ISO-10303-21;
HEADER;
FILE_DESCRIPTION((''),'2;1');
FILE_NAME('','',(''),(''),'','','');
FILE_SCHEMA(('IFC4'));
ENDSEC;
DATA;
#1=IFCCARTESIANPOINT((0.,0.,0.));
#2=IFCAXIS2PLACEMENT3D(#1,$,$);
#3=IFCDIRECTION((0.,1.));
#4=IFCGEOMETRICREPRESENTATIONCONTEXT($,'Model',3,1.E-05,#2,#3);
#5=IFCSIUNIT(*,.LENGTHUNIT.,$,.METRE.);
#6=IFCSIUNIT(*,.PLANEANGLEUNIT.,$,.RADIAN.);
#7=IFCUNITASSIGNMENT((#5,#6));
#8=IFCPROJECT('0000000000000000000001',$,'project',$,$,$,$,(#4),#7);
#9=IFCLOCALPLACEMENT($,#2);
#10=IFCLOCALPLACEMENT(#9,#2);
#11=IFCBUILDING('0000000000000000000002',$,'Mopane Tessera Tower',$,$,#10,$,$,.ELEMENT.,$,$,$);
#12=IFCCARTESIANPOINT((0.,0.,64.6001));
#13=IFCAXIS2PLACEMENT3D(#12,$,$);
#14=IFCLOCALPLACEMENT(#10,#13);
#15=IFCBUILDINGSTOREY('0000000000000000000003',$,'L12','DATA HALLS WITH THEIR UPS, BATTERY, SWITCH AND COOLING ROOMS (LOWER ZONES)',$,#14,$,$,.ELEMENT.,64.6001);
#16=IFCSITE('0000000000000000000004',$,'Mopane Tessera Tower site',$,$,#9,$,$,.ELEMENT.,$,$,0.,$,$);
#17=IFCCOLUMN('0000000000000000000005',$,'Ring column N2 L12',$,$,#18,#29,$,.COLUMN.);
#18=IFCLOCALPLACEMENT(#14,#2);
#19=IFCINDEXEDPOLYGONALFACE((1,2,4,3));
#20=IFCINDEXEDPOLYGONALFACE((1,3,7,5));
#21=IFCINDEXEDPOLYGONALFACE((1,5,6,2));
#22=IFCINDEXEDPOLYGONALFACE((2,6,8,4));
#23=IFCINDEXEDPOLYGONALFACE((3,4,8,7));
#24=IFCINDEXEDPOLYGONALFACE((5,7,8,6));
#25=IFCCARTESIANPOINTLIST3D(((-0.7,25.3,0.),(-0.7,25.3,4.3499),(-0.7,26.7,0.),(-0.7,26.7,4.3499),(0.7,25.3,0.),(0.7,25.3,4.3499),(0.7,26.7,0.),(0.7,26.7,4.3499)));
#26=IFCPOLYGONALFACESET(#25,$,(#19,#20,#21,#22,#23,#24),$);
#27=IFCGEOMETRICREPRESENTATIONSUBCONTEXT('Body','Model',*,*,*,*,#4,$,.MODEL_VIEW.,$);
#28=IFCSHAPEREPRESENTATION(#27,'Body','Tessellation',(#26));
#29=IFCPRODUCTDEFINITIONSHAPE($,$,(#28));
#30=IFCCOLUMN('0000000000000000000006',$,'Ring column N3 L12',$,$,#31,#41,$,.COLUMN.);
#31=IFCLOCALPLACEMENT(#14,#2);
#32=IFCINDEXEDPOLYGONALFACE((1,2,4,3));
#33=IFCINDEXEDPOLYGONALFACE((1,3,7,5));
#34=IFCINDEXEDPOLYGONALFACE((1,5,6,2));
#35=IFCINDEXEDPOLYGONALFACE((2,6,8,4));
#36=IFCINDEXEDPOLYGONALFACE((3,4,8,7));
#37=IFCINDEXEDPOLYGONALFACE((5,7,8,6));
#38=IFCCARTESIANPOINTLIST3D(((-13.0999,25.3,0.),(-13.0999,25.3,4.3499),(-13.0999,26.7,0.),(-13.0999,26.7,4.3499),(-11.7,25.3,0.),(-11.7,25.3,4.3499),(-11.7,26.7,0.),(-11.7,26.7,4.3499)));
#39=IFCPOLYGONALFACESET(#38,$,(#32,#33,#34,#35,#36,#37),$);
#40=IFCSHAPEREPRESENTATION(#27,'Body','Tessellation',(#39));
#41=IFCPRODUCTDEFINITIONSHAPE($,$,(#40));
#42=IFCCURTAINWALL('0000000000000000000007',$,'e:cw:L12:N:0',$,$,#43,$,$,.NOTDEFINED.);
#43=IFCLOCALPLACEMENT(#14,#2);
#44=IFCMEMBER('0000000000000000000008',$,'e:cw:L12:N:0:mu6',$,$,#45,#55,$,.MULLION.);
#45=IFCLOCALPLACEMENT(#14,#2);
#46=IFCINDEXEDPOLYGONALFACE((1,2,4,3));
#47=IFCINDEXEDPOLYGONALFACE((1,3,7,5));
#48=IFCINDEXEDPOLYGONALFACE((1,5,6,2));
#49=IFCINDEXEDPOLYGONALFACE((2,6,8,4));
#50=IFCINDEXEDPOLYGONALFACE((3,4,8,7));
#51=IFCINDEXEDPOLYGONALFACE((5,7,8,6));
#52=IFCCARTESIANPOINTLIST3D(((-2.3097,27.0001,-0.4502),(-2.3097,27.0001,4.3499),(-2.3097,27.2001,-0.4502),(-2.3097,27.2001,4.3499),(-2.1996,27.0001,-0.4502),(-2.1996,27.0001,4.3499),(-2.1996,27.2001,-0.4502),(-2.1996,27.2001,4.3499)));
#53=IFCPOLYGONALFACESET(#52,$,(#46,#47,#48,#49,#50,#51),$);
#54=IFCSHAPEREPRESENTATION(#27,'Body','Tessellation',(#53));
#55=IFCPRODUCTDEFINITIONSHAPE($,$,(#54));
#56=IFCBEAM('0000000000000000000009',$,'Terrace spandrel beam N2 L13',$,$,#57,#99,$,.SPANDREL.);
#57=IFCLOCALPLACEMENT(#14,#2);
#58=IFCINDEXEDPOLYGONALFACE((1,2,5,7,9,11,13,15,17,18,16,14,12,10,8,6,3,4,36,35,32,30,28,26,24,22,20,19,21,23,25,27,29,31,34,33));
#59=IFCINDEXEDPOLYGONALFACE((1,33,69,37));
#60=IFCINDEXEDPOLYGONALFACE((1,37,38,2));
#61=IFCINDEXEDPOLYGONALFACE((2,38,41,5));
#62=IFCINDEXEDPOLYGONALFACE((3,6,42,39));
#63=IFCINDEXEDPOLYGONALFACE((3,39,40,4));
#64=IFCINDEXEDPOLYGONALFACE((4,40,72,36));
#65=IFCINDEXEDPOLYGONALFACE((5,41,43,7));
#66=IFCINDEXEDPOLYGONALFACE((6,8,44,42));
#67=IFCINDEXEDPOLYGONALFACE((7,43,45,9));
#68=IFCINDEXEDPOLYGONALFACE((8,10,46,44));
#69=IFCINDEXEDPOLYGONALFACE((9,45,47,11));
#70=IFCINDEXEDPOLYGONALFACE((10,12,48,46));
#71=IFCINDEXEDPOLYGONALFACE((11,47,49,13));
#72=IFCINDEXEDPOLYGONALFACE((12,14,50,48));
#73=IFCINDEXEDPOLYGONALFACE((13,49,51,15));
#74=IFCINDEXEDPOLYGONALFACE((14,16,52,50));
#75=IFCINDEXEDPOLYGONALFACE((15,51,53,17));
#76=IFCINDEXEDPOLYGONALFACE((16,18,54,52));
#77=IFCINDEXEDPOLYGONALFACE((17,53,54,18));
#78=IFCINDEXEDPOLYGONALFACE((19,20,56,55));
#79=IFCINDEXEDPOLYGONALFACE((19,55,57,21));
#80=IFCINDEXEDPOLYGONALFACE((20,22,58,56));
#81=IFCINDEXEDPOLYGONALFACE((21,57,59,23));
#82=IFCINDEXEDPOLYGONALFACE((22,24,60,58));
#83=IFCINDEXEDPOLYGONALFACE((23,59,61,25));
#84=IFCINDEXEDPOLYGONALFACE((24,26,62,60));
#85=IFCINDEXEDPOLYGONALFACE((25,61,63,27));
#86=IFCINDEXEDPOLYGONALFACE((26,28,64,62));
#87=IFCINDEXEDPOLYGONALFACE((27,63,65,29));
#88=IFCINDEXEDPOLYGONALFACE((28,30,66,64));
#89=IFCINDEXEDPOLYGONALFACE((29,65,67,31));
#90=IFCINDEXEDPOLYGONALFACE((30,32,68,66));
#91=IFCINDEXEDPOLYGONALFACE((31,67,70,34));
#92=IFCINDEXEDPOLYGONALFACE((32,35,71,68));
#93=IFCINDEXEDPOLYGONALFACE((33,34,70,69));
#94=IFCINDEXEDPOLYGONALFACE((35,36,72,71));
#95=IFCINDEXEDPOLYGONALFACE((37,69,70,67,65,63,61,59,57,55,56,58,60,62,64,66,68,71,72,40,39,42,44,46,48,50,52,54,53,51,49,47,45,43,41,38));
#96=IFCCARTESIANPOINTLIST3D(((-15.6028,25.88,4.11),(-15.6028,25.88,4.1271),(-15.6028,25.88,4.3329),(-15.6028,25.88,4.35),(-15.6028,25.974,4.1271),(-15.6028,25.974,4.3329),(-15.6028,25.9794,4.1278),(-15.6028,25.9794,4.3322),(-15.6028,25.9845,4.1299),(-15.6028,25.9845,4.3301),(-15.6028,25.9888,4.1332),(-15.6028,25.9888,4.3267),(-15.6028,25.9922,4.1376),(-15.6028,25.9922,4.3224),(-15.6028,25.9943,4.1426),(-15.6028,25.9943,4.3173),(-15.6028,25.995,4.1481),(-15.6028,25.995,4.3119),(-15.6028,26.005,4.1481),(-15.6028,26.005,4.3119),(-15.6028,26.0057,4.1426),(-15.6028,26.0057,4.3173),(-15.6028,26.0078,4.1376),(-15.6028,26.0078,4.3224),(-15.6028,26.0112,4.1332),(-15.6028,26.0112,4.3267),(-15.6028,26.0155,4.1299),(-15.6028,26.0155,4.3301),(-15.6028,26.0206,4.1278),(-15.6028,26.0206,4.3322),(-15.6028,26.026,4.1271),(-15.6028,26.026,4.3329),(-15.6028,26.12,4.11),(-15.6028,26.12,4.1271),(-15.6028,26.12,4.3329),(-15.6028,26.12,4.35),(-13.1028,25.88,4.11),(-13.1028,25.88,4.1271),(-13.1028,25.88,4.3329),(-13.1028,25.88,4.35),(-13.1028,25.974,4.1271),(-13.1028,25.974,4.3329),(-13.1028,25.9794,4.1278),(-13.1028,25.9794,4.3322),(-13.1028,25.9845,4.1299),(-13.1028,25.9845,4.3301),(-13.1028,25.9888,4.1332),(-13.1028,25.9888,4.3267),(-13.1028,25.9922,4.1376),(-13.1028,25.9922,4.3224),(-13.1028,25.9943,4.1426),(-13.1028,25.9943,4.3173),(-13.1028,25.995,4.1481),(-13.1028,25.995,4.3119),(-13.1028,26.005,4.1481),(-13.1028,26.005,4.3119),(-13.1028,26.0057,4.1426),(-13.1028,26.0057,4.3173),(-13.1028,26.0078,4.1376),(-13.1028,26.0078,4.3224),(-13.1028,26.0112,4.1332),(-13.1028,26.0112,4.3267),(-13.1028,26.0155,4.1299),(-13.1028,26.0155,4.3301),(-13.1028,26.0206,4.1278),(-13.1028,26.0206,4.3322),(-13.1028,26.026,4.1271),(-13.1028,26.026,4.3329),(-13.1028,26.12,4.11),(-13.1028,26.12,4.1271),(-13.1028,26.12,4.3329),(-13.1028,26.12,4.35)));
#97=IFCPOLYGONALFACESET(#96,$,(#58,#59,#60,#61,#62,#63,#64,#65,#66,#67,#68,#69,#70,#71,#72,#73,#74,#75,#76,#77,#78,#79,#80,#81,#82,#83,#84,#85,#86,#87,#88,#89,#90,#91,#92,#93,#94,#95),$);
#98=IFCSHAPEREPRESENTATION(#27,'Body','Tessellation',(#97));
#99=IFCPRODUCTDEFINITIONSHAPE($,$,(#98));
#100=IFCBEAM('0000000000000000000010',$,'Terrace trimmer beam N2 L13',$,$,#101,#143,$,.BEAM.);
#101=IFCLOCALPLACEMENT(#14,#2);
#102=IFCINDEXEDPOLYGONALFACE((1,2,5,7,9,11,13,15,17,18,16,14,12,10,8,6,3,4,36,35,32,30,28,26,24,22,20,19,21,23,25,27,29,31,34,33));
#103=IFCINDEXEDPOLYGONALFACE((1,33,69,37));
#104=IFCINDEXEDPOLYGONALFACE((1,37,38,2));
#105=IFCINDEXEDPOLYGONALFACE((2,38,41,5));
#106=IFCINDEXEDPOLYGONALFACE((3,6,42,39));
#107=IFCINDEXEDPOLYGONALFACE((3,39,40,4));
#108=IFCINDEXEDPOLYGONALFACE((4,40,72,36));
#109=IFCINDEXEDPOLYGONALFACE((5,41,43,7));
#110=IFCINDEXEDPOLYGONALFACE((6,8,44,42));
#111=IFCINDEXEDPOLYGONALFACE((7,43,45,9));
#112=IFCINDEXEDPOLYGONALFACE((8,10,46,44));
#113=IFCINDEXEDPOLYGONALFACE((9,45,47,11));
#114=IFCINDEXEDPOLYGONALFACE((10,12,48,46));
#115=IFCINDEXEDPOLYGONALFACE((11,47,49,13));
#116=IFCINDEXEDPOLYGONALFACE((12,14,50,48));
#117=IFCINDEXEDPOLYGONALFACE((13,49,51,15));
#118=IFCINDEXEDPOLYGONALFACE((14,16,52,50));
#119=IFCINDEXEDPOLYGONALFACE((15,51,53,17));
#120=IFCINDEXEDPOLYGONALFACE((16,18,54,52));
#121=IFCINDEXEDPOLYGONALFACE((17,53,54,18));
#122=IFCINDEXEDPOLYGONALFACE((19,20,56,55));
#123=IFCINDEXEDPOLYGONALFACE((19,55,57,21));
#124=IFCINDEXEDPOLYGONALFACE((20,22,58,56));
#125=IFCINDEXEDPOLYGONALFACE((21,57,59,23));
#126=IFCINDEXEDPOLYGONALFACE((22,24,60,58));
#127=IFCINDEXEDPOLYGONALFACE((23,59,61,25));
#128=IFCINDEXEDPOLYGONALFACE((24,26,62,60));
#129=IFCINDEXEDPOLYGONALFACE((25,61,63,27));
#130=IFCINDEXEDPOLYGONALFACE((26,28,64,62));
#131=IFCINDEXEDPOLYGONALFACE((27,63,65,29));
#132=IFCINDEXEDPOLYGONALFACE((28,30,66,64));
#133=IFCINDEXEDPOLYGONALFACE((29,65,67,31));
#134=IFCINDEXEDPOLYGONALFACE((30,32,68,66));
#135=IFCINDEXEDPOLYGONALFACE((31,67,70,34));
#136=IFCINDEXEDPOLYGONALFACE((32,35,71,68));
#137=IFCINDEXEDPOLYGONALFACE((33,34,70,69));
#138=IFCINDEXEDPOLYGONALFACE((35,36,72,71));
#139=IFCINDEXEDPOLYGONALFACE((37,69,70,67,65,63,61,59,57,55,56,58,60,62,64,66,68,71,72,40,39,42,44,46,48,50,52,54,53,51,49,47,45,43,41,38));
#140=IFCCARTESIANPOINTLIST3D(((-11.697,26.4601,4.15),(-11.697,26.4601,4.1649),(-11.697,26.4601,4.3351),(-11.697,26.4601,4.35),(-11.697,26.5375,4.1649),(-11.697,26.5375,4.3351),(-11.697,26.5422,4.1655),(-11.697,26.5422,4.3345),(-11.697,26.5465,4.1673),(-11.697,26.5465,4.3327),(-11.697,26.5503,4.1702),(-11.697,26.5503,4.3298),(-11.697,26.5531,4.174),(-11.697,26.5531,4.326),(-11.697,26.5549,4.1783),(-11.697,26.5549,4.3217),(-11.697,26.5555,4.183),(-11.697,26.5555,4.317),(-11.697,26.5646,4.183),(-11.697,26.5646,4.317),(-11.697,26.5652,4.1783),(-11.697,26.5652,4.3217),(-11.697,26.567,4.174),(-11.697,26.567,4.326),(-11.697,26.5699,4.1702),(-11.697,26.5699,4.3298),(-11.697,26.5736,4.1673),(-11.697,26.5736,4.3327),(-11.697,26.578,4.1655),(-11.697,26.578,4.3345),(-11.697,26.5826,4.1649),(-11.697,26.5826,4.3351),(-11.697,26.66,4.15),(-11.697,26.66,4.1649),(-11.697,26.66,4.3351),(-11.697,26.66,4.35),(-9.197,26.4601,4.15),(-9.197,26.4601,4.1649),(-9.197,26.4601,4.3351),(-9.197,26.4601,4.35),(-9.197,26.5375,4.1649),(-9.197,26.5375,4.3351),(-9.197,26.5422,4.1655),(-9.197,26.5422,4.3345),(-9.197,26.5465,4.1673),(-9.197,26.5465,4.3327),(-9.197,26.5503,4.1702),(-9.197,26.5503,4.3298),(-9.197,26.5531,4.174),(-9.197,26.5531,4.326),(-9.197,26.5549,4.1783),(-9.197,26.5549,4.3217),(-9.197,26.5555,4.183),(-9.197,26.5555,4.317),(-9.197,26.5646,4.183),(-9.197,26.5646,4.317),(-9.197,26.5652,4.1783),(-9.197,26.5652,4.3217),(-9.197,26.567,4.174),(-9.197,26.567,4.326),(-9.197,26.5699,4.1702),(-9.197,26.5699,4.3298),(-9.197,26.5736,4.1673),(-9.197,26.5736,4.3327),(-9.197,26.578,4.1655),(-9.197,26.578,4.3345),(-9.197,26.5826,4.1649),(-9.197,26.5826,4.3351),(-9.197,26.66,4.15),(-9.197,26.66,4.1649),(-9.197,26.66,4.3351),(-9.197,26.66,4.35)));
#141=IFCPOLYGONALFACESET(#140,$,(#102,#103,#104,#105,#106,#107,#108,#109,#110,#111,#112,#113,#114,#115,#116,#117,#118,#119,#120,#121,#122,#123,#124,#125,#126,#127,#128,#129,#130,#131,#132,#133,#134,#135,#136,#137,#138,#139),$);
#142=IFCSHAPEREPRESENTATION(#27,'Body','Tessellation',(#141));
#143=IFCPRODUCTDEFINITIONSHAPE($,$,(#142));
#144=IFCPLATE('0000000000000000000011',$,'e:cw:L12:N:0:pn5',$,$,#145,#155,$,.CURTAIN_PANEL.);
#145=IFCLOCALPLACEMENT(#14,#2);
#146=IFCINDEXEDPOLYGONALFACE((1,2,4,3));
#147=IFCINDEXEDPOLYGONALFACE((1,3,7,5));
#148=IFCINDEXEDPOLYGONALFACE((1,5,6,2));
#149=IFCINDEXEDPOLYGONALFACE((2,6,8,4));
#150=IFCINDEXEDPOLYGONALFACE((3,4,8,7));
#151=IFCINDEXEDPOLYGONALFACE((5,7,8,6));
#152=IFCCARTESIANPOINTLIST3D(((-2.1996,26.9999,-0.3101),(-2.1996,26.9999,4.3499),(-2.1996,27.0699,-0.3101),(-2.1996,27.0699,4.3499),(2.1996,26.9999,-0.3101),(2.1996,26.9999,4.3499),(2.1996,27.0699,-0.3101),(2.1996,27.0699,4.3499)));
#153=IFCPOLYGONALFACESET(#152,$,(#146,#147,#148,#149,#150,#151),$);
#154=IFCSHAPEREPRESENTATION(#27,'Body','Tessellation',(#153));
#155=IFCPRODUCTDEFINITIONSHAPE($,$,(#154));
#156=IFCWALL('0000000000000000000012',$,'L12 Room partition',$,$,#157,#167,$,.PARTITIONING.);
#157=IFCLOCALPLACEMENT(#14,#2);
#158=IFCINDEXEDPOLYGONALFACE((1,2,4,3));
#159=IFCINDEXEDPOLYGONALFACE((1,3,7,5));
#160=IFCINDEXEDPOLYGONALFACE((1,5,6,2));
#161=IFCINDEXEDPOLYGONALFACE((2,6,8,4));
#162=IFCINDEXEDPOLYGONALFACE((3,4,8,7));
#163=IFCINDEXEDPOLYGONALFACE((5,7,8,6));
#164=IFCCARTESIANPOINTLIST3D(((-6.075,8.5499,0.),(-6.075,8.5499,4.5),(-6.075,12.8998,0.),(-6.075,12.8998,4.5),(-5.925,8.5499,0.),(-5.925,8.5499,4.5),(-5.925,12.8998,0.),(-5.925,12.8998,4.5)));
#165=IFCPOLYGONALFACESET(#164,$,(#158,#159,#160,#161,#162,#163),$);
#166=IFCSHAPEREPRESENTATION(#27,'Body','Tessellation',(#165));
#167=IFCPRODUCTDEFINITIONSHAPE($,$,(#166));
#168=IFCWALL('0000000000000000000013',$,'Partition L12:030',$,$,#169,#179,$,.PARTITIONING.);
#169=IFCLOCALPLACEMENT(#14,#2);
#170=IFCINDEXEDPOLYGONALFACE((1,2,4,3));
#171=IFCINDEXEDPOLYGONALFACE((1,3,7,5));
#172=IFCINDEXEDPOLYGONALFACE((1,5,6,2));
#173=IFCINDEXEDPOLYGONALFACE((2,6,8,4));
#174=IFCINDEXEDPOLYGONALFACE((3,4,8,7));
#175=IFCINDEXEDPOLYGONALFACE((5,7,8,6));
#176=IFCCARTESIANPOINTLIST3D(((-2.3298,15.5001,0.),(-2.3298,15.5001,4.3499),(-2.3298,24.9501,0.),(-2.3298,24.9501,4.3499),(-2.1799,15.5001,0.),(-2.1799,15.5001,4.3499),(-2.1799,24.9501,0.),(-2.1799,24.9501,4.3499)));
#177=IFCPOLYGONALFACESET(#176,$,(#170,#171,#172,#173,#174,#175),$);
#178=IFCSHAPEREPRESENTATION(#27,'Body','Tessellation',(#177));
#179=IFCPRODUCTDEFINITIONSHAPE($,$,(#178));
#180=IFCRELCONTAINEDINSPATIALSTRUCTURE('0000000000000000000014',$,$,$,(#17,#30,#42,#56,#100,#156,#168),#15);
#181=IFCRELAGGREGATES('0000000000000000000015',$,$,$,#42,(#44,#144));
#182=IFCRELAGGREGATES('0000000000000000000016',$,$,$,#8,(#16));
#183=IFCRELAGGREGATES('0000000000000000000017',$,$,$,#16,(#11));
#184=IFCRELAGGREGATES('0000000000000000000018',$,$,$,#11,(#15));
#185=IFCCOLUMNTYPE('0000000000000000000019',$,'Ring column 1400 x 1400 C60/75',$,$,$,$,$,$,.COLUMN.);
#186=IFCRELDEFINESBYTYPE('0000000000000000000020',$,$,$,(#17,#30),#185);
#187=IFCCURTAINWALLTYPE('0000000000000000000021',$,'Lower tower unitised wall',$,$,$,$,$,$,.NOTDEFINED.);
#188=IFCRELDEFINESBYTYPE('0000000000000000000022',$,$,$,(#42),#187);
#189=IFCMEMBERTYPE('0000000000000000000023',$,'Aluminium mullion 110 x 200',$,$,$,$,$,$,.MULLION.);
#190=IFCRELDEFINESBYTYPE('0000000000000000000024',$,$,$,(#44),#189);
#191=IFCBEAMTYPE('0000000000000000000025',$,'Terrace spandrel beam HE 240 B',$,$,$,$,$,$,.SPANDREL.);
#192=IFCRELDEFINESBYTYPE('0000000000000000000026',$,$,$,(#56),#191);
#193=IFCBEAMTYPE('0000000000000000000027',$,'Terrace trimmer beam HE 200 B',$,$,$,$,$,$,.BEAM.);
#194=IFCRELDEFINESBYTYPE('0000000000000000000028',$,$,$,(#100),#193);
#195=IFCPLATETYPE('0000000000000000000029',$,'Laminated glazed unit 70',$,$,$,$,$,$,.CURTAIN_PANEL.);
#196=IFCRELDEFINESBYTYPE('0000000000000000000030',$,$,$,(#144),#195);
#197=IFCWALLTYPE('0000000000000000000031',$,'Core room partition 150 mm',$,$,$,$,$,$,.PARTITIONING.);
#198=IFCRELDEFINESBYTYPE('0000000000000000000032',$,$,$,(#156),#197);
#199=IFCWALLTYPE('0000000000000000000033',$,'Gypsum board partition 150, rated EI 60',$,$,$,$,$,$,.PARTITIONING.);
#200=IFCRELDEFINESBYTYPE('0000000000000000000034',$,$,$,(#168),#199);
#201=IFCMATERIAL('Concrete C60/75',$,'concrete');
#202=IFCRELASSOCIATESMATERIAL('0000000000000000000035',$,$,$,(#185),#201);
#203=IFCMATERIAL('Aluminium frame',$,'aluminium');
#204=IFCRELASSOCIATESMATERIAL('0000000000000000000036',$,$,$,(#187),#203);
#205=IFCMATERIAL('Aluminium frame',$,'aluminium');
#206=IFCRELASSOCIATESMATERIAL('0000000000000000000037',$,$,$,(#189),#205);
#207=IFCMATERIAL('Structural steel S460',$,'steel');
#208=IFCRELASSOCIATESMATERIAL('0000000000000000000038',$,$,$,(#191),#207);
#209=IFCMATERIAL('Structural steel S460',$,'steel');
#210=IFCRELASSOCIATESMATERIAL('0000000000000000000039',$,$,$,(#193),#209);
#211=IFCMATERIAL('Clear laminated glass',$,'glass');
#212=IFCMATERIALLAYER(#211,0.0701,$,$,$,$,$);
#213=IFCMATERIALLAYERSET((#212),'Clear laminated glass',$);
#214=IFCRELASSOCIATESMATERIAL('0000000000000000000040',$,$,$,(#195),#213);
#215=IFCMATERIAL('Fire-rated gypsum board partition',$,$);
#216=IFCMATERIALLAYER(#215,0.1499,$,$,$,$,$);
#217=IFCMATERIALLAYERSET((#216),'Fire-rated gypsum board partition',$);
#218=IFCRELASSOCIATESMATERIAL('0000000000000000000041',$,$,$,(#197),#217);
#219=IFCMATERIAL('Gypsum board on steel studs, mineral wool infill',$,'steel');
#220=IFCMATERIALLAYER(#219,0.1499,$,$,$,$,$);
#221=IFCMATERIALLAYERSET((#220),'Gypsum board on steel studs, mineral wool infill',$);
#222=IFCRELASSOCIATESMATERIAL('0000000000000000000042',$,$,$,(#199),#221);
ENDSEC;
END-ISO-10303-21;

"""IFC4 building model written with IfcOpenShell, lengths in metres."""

from ifc_helpers import new_model, si_unit, direction, frame, frame_2d, origin, origin_2d, place, context, subcontext, project, spatial, rectangle, i_section, extrude, material, layer, layer_set, material_profile, profile_set, type_object, element, aggregate, save


model = new_model("IFC4")

# Units and contexts
model_context = context("Model", 3, precision=1e-05, world=origin(), true_north=direction((0.0, 1.0)))
body_context = subcontext(model_context, "Body", "Model", "MODEL_VIEW")
ifc_project = project(units=[si_unit("LENGTHUNIT", "METRE"), si_unit("PLANEANGLEUNIT", "RADIAN")], contexts=[model_context])

# Site, building, storey
site_placement = place(None, origin())
site = spatial("IfcSite", under=ifc_project, at=site_placement, Name="Mopane Tessera Tower site", CompositionType="ELEMENT", RefElevation=0.0)
building_placement = place(site_placement, origin())
building = spatial("IfcBuilding", under=site, at=building_placement, Name="Mopane Tessera Tower", CompositionType="ELEMENT")
storey_placement = place(building_placement, frame((0.0, 0.0, 64.6001)))
storey = spatial("IfcBuildingStorey", under=building, at=storey_placement, Name="L12", Description="DATA HALLS WITH THEIR UPS, BATTERY, SWITCH AND COOLING ROOMS (LOWER ZONES)", CompositionType="ELEMENT", Elevation=64.6001)

# Columns
ifc_material_1 = material(Name="Concrete C60/75", Category="concrete")
ifc_material_profile_1 = material_profile(ifc_material_1, rectangle(XDim=1.3999, YDim=1.3999, at=origin_2d()))
ifc_profile_set_1 = profile_set([ifc_material_profile_1], Name="Concrete C60/75")
column_type = type_object("IfcColumnType", Name="Ring column 1400 x 1400 C60/75", PredefinedType="COLUMN", material=ifc_profile_set_1)
for number, where, z_axis, x_axis, name in (
    (1, (0.0, 26.0, 0.0), (0.0, 0.0, 1.0), (1.0, 0.0, 0.0), "Ring column N2 L12"),
    (2, (-12.3999, 26.0, 0.0), (0.0, 0.0, 1.0), (1.0, 0.0, 0.0), "Ring column N3 L12"),
):
    element("IfcColumn", number, at=place(storey_placement, frame(where, z_axis=z_axis, x_axis=x_axis)), inside=storey, type_object=column_type, Name=name, PredefinedType="COLUMN", context=body_context, shape_type="SweptSolid", body=[
        extrude(rectangle(XDim=1.3999, YDim=1.3999, at=origin_2d()), origin(), (0.0, 0.0, 1.0), 4.3499),
    ])

# Curtain wall, member
ifc_material_2 = material(Name="Aluminium frame", Category="aluminium")
curtain_wall_type = type_object("IfcCurtainWallType", Name="Lower tower unitised wall", PredefinedType="NOTDEFINED", material=ifc_material_2)
curtain_wall_placement = place(storey_placement, origin())
curtain_wall = element("IfcCurtainWall", 3, at=curtain_wall_placement, inside=storey, type_object=curtain_wall_type, Name="e:cw:L12:N:0", PredefinedType="NOTDEFINED")
ifc_material_3 = material(Name="Aluminium frame", Category="aluminium")
ifc_material_profile_2 = material_profile(ifc_material_3, rectangle(XDim=0.1101, YDim=0.2, at=origin_2d()))
ifc_profile_set_2 = profile_set([ifc_material_profile_2], Name="Aluminium frame")
member_type = type_object("IfcMemberType", Name="Aluminium mullion 110 x 200", PredefinedType="MULLION", material=ifc_profile_set_2)
member_placement = place(storey_placement, frame((-2.2546, 27.1001, -0.4502), z_axis=(0.0, 0.0, 1.0), x_axis=(-1.0, 0.0, 0.0)))
member = element("IfcMember", 4, at=member_placement, type_object=member_type, Name="e:cw:L12:N:0:mu6", PredefinedType="MULLION", context=body_context, shape_type="SweptSolid", body=[
    extrude(rectangle(XDim=0.1101, YDim=0.2, at=origin_2d()), origin(), (0.0, 0.0, 1.0), 4.8),
])

# Beams
ifc_material_4 = material(Name="Structural steel S460", Category="steel")
ifc_material_profile_3 = material_profile(ifc_material_4, i_section(OverallWidth=0.24, OverallDepth=0.24, WebThickness=0.01, FlangeThickness=0.0171, FilletRadius=0.021, at=origin_2d()))
ifc_profile_set_3 = profile_set([ifc_material_profile_3], Name="Structural steel S460")
beam_type_1 = type_object("IfcBeamType", Name="Terrace spandrel beam HE 240 B", PredefinedType="SPANDREL", material=ifc_profile_set_3)
beam_1_placement = place(storey_placement, frame((-13.1028, 26.0, 4.23), z_axis=(-1.0, 0.0, 0.0), x_axis=(0.0, -1.0, 0.0)))
element("IfcBeam", 5, at=beam_1_placement, inside=storey, type_object=beam_type_1, Name="Terrace spandrel beam N2 L13", PredefinedType="SPANDREL", context=body_context, shape_type="SweptSolid", body=[
    extrude(i_section(OverallWidth=0.24, OverallDepth=0.24, WebThickness=0.01, FlangeThickness=0.0171, FilletRadius=0.021, at=origin_2d()), origin(), (0.0, 0.0, 1.0), 2.5),
])
ifc_material_5 = material(Name="Structural steel S460", Category="steel")
ifc_material_profile_4 = material_profile(ifc_material_5, i_section(OverallWidth=0.2, OverallDepth=0.2, WebThickness=0.009, FlangeThickness=0.0149, FilletRadius=0.0181, at=origin_2d()))
ifc_profile_set_4 = profile_set([ifc_material_profile_4], Name="Structural steel S460")
beam_type_2 = type_object("IfcBeamType", Name="Terrace trimmer beam HE 200 B", PredefinedType="BEAM", material=ifc_profile_set_4)
beam_2_placement = place(storey_placement, frame((-11.697, 26.5601, 4.25), z_axis=(1.0, 0.0, 0.0), x_axis=(0.0, 1.0, 0.0)))
element("IfcBeam", 6, at=beam_2_placement, inside=storey, type_object=beam_type_2, Name="Terrace trimmer beam N2 L13", PredefinedType="BEAM", context=body_context, shape_type="SweptSolid", body=[
    extrude(i_section(OverallWidth=0.2, OverallDepth=0.2, WebThickness=0.009, FlangeThickness=0.0149, FilletRadius=0.0181, at=origin_2d()), origin(), (0.0, 0.0, 1.0), 2.5),
])

# Plate
ifc_material_6 = material(Name="Clear laminated glass", Category="glass")
ifc_layer_1 = layer(ifc_material_6, 0.0701)
ifc_layer_set_1 = layer_set([ifc_layer_1], Name="Clear laminated glass")
plate_type = type_object("IfcPlateType", Name="Laminated glazed unit 70", PredefinedType="CURTAIN_PANEL", material=ifc_layer_set_1)
plate_placement = place(storey_placement, frame((0.0, 27.0349, -0.3101), z_axis=(0.0, 0.0, 1.0), x_axis=(-1.0, 0.0, 0.0)))
plate = element("IfcPlate", 7, at=plate_placement, type_object=plate_type, Name="e:cw:L12:N:0:pn5", PredefinedType="CURTAIN_PANEL", context=body_context, shape_type="SweptSolid", body=[
    extrude(rectangle(XDim=4.3992, YDim=0.0701, at=origin_2d()), origin(), (0.0, 0.0, 1.0), 4.6599),
])
aggregate(curtain_wall, [member, plate])

# Walls
ifc_material_7 = material(Name="Fire-rated gypsum board partition")
ifc_layer_2 = layer(ifc_material_7, 0.1499)
ifc_layer_set_2 = layer_set([ifc_layer_2], Name="Fire-rated gypsum board partition")
wall_type_1 = type_object("IfcWallType", Name="Core room partition 150 mm", PredefinedType="PARTITIONING", material=ifc_layer_set_2)
wall_1_placement = place(storey_placement, frame((-6.0, 8.55, 0.0), z_axis=(0.0, 0.0, 1.0), x_axis=(0.0, 1.0, 0.0)))
element("IfcWall", 8, at=wall_1_placement, inside=storey, type_object=wall_type_1, Name="L12 Room partition", PredefinedType="PARTITIONING", context=body_context, shape_type="SweptSolid", body=[
    extrude(rectangle(XDim=4.3499, YDim=0.1499, at=frame_2d((2.1748, 0.0))), origin(), (0.0, 0.0, 1.0), 4.5),
])
ifc_material_8 = material(Name="Gypsum board on steel studs, mineral wool infill", Category="steel")
ifc_layer_3 = layer(ifc_material_8, 0.1499)
ifc_layer_set_3 = layer_set([ifc_layer_3], Name="Gypsum board on steel studs, mineral wool infill")
wall_type_2 = type_object("IfcWallType", Name="Gypsum board partition 150, rated EI 60", PredefinedType="PARTITIONING", material=ifc_layer_set_3)
wall_2_placement = place(storey_placement, frame((-2.2549, 15.5, 0.0), z_axis=(0.0, 0.0, 1.0), x_axis=(0.0, 1.0, 0.0)))
element("IfcWall", 9, at=wall_2_placement, inside=storey, type_object=wall_type_2, Name="Partition L12:030", PredefinedType="PARTITIONING", context=body_context, shape_type="SweptSolid", body=[
    extrude(rectangle(XDim=9.45, YDim=0.1499, at=frame_2d((4.7251, 0.0))), origin(), (0.0, 0.0, 1.0), 4.3499),
])

save(model, "model.ifc")
